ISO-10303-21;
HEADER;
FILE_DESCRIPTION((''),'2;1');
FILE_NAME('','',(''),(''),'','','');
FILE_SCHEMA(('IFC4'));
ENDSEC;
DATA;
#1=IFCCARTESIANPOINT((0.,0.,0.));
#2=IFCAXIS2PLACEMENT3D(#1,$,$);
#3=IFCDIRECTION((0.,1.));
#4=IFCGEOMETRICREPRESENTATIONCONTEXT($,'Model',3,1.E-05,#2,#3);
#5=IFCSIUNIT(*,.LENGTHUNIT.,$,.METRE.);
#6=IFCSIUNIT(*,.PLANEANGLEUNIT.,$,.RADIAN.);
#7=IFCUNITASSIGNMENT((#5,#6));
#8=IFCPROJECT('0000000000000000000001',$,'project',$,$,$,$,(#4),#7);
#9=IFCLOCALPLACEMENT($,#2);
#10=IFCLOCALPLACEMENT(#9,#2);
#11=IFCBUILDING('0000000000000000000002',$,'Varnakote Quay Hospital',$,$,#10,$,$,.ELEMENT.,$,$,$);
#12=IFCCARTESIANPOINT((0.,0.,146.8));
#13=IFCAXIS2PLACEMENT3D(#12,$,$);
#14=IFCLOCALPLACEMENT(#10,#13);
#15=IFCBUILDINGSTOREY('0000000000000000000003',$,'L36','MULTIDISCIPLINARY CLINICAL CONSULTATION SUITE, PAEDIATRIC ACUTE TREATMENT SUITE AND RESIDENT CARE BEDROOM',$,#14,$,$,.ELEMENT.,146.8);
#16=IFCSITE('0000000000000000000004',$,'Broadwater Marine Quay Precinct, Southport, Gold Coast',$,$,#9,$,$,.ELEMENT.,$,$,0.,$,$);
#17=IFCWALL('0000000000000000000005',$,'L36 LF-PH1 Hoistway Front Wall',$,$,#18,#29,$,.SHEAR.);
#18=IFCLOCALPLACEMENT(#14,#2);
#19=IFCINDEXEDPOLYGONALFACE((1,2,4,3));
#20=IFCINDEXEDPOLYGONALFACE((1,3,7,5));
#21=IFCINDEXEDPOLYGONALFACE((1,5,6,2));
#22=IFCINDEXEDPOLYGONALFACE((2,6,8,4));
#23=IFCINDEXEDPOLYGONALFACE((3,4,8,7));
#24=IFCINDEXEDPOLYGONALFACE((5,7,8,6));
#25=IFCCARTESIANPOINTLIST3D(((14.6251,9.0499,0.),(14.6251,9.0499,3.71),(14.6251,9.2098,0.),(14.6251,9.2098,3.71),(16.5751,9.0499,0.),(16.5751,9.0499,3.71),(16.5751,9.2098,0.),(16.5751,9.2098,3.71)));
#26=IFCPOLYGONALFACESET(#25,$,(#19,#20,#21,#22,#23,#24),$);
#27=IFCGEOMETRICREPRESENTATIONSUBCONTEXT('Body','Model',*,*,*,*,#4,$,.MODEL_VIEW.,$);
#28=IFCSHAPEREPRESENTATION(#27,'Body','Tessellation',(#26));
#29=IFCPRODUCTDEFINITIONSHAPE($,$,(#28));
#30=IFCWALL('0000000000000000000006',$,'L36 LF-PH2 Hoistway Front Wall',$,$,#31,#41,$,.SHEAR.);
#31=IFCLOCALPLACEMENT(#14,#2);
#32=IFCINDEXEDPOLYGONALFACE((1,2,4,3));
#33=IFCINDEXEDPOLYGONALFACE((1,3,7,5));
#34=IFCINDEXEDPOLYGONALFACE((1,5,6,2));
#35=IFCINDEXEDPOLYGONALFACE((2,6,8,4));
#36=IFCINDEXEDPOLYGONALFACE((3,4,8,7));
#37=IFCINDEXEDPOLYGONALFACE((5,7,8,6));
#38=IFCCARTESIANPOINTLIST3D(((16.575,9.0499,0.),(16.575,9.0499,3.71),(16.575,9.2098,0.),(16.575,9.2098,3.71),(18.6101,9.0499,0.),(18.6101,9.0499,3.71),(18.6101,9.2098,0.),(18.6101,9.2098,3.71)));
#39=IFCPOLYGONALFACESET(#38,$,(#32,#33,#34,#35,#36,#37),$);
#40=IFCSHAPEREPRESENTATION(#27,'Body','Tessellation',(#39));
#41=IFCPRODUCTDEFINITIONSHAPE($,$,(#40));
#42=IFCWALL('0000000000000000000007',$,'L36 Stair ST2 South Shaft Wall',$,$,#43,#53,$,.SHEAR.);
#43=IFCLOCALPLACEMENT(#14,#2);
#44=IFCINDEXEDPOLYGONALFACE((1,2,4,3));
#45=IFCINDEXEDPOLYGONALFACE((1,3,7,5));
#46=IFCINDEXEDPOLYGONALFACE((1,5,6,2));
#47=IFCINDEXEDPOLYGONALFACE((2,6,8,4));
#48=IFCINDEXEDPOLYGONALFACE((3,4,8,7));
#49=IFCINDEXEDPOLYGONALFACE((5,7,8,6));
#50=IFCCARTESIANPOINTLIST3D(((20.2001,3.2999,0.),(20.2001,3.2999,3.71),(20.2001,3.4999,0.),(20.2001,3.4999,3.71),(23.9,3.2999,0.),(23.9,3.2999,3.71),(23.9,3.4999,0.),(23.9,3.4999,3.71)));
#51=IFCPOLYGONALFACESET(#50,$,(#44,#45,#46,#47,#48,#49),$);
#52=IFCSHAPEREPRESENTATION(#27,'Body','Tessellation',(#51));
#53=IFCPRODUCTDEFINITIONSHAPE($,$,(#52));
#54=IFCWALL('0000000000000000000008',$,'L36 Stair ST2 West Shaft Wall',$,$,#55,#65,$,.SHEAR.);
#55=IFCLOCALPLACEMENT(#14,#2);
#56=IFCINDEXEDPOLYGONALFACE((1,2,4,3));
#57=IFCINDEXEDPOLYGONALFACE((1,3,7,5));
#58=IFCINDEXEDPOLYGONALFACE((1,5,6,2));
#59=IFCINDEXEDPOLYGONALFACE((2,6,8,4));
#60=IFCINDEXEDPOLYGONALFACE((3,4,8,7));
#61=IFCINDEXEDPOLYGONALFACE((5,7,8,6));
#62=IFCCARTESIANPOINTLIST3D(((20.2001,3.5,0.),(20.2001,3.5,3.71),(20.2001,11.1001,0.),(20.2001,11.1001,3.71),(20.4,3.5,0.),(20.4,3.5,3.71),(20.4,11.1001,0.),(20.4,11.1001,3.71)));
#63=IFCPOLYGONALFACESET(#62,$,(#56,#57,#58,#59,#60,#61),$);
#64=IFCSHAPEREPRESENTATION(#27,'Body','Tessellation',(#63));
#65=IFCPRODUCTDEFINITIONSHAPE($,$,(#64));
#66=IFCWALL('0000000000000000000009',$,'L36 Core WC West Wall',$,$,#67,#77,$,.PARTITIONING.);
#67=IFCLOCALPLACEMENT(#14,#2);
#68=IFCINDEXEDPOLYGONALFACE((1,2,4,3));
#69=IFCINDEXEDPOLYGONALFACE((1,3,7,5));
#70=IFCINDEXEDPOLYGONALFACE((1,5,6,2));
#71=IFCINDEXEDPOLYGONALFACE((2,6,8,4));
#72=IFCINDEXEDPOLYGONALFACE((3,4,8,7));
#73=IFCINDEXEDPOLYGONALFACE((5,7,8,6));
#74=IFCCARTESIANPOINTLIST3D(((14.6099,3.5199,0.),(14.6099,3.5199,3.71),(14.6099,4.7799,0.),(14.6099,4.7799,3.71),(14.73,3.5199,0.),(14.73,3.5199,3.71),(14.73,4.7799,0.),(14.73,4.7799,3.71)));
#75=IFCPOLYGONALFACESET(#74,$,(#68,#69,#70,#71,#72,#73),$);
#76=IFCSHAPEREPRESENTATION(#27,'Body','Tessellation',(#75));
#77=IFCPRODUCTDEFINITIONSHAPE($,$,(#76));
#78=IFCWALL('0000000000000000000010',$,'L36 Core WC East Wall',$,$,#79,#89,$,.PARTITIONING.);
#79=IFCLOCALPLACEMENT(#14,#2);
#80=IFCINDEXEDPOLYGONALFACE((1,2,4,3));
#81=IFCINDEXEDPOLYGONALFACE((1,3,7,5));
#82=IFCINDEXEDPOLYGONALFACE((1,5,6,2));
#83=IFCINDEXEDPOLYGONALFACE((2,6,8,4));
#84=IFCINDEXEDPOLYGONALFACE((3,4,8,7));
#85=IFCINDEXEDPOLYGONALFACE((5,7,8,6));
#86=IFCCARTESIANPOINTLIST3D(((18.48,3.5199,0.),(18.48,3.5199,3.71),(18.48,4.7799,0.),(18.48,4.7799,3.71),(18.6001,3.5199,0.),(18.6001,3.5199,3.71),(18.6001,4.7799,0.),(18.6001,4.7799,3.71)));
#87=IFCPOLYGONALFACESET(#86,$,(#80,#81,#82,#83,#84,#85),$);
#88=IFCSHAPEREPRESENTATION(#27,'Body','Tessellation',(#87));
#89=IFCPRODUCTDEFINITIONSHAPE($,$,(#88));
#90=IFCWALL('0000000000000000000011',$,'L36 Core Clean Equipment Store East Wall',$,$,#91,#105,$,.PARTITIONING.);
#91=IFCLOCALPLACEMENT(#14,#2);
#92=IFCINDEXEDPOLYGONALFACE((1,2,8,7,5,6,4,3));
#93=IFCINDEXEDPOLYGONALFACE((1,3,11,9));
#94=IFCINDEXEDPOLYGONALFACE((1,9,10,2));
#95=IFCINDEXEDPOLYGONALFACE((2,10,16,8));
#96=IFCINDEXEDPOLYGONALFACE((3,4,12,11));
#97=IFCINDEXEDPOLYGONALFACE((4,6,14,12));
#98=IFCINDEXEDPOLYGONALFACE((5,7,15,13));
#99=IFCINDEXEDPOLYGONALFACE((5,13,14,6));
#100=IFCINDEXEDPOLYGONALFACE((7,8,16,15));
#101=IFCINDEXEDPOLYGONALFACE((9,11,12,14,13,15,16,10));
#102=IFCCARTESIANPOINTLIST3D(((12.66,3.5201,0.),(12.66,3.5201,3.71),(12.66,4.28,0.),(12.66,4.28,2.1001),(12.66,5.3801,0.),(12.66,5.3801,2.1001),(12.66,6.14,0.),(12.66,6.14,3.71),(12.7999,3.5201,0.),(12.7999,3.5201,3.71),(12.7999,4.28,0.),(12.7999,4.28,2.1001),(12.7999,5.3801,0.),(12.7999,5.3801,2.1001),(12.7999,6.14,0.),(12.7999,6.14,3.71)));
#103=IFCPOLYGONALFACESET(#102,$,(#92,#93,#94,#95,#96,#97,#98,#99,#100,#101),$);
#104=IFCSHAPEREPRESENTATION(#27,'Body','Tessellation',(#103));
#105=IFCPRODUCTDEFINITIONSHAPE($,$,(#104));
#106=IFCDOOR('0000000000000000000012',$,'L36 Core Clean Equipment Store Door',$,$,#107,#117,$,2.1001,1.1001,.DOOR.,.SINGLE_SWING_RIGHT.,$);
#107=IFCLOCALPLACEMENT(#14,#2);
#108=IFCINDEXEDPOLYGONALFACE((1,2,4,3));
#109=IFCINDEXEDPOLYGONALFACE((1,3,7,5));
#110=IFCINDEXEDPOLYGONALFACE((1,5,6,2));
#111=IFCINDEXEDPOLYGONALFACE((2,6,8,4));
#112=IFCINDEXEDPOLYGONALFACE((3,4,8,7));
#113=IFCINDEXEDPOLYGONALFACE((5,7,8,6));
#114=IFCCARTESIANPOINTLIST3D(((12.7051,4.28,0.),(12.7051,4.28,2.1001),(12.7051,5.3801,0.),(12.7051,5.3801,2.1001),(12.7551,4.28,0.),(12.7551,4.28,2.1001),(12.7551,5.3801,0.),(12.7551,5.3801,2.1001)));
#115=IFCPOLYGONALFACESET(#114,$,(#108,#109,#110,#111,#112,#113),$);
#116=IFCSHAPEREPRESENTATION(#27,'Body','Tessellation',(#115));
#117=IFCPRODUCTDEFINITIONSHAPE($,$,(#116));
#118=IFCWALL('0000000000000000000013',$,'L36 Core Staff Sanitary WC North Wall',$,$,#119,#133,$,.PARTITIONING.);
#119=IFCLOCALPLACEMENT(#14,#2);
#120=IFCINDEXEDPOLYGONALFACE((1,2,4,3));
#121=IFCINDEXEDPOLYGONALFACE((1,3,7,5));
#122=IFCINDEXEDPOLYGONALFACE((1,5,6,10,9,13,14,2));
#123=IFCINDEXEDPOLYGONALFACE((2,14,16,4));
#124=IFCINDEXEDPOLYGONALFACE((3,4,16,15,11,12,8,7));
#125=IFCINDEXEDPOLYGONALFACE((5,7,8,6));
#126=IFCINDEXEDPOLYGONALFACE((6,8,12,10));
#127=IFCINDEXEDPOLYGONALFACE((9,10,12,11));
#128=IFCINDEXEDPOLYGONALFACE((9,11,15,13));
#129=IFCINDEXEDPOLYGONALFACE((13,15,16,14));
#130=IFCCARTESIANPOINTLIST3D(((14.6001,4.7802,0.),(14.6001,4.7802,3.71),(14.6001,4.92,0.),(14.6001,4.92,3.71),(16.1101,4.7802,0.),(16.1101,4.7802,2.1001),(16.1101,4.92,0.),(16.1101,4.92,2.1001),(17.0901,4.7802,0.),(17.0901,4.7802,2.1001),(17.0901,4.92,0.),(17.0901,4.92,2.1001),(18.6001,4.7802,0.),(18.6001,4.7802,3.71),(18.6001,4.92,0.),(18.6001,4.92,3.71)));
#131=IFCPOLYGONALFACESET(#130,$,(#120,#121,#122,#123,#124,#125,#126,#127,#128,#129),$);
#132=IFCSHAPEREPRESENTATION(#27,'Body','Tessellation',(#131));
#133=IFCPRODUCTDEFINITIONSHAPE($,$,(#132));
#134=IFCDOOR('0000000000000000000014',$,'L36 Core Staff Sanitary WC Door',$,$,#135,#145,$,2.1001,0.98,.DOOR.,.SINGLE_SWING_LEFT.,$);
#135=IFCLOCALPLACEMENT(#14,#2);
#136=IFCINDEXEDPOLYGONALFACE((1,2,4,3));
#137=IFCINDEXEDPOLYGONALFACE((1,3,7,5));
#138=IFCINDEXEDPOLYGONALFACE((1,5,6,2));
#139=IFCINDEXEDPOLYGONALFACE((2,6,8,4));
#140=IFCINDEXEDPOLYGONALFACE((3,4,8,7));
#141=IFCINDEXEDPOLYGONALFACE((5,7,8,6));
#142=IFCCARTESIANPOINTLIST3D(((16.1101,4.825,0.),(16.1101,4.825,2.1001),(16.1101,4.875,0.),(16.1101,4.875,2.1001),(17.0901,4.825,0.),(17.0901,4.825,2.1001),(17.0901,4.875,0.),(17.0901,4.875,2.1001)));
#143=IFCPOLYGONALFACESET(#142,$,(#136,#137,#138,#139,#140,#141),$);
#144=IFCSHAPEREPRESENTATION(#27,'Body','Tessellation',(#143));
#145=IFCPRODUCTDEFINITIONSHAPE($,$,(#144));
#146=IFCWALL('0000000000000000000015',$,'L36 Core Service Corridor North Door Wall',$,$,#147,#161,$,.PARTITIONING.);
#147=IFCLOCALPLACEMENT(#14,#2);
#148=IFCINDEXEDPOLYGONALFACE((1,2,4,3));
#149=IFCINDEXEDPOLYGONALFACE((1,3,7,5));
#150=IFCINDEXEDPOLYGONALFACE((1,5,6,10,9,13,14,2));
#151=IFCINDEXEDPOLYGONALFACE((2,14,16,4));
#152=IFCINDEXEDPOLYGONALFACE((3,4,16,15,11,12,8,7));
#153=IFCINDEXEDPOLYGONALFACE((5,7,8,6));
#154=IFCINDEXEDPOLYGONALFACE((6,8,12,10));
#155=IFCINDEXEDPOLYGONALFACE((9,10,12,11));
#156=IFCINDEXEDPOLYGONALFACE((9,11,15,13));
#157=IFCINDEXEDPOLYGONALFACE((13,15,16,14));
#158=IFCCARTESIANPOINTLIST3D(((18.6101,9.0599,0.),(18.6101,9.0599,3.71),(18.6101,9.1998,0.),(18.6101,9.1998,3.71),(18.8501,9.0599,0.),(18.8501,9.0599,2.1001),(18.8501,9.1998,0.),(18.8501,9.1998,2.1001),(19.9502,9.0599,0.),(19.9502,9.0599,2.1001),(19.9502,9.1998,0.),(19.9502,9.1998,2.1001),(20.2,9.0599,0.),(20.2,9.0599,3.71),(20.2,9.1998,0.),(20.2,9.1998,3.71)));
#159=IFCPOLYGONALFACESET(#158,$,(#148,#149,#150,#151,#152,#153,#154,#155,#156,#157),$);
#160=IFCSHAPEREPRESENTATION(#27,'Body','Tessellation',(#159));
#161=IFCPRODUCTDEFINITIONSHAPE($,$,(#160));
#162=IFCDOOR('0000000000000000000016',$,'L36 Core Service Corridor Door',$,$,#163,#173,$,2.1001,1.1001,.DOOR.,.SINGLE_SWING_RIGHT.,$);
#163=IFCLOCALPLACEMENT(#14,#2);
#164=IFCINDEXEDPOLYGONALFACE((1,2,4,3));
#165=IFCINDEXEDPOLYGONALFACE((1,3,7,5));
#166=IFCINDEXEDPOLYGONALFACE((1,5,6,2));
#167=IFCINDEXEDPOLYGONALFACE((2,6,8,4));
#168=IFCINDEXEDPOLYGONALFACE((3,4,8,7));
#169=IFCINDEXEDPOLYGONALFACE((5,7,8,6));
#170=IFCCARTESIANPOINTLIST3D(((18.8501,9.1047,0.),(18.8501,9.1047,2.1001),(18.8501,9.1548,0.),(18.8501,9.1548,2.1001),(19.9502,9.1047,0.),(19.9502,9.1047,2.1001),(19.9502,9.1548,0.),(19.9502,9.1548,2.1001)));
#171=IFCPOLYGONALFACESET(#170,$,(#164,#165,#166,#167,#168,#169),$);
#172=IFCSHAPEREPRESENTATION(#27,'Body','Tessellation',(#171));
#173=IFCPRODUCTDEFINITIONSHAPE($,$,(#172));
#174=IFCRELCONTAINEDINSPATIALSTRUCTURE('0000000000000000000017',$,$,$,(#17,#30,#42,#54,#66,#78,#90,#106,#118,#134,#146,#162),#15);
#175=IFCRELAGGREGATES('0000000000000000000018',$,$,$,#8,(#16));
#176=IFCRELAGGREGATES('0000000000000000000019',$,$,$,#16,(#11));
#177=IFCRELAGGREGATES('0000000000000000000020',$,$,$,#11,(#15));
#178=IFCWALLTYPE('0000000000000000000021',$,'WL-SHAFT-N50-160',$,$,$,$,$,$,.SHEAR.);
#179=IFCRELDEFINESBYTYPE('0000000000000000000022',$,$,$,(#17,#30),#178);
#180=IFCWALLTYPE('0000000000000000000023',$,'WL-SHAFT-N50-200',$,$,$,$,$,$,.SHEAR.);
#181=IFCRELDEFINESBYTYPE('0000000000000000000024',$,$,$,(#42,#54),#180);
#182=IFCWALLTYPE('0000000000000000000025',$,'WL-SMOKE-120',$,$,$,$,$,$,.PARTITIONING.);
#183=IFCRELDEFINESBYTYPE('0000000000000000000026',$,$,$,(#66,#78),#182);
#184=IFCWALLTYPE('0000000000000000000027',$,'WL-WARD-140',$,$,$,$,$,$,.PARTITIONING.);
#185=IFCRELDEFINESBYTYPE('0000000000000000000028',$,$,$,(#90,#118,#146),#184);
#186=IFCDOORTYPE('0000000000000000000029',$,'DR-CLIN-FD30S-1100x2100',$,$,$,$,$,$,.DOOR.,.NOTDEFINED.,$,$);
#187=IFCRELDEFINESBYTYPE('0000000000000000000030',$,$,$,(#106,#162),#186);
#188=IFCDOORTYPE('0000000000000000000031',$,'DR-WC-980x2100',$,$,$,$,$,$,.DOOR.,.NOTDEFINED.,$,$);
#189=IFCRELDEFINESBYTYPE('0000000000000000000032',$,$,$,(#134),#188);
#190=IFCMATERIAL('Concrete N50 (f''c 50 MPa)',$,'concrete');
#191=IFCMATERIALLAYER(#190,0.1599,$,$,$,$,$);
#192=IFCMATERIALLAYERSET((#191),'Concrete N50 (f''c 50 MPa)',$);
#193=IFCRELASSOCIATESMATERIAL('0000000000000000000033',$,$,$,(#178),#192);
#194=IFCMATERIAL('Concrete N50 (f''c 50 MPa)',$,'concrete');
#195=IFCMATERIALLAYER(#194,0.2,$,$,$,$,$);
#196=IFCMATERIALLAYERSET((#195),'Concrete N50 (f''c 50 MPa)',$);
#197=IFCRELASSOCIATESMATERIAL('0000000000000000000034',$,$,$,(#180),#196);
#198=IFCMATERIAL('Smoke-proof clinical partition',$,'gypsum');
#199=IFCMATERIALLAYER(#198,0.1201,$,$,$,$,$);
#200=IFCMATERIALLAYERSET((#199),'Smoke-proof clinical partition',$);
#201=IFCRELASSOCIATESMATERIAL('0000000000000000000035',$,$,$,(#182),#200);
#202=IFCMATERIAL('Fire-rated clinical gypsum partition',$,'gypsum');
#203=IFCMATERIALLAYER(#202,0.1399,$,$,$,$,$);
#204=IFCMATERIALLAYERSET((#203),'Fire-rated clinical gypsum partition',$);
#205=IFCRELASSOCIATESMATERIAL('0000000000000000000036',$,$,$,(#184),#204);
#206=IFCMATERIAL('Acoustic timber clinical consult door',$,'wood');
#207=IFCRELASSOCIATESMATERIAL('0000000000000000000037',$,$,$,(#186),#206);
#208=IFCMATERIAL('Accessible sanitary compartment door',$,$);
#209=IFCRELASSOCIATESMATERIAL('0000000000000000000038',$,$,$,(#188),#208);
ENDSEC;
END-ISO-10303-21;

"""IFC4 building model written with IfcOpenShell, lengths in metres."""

from ifc_helpers import new_model, si_unit, direction, frame, frame_2d, origin, place, context, subcontext, project, spatial, rectangle, extrude, material, layer, layer_set, type_object, element, fill, save


model = new_model("IFC4")

# Units and contexts
model_context = context("Model", 3, precision=1e-05, world=origin(), true_north=direction((0.0, 1.0)))
body_context = subcontext(model_context, "Body", "Model", "MODEL_VIEW")
ifc_project = project(units=[si_unit("LENGTHUNIT", "METRE"), si_unit("PLANEANGLEUNIT", "RADIAN")], contexts=[model_context])

# Site, building, storey
site_placement = place(None, origin())
site = spatial("IfcSite", under=ifc_project, at=site_placement, Name="Broadwater Marine Quay Precinct, Southport, Gold Coast", CompositionType="ELEMENT", RefElevation=0.0)
building_placement = place(site_placement, origin())
building = spatial("IfcBuilding", under=site, at=building_placement, Name="Varnakote Quay Hospital", CompositionType="ELEMENT")
storey_placement = place(building_placement, frame((0.0, 0.0, 146.8)))
storey = spatial("IfcBuildingStorey", under=building, at=storey_placement, Name="L36", Description="MULTIDISCIPLINARY CLINICAL CONSULTATION SUITE, PAEDIATRIC ACUTE TREATMENT SUITE AND RESIDENT CARE BEDROOM", CompositionType="ELEMENT", Elevation=146.8)

# Walls
ifc_material_1 = material(Name="Concrete N50 (f'c 50 MPa)", Category="concrete")
ifc_layer_1 = layer(ifc_material_1, 0.1599)
ifc_layer_set_1 = layer_set([ifc_layer_1], Name="Concrete N50 (f'c 50 MPa)")
wall_type_1 = type_object("IfcWallType", Name="WL-SHAFT-N50-160", PredefinedType="SHEAR", material=ifc_layer_set_1)
wall_1_placement = place(storey_placement, frame((14.625, 9.1299, 0.0), z_axis=(0.0, 0.0, 1.0), x_axis=(1.0, 0.0, 0.0)))
element("IfcWall", 1, at=wall_1_placement, inside=storey, type_object=wall_type_1, Name="L36 LF-PH1 Hoistway Front Wall", PredefinedType="SHEAR", context=body_context, shape_type="SweptSolid", body=[
    extrude(rectangle(XDim=1.95, YDim=0.1599, at=frame_2d((0.9751, 0.0))), origin(), (0.0, 0.0, 1.0), 3.71),
])
wall_2_placement = place(storey_placement, frame((16.575, 9.1299, 0.0), z_axis=(0.0, 0.0, 1.0), x_axis=(1.0, 0.0, 0.0)))
element("IfcWall", 2, at=wall_2_placement, inside=storey, type_object=wall_type_1, Name="L36 LF-PH2 Hoistway Front Wall", PredefinedType="SHEAR", context=body_context, shape_type="SweptSolid", body=[
    extrude(rectangle(XDim=2.0352, YDim=0.1599, at=frame_2d((1.0176, 0.0))), origin(), (0.0, 0.0, 1.0), 3.71),
])
ifc_material_2 = material(Name="Concrete N50 (f'c 50 MPa)", Category="concrete")
ifc_layer_2 = layer(ifc_material_2, 0.2)
ifc_layer_set_2 = layer_set([ifc_layer_2], Name="Concrete N50 (f'c 50 MPa)")
wall_type_2 = type_object("IfcWallType", Name="WL-SHAFT-N50-200", PredefinedType="SHEAR", material=ifc_layer_set_2)
wall_3_placement = place(storey_placement, frame((20.2, 3.3999, 0.0), z_axis=(0.0, 0.0, 1.0), x_axis=(1.0, 0.0, 0.0)))
element("IfcWall", 3, at=wall_3_placement, inside=storey, type_object=wall_type_2, Name="L36 Stair ST2 South Shaft Wall", PredefinedType="SHEAR", context=body_context, shape_type="SweptSolid", body=[
    extrude(rectangle(XDim=3.7, YDim=0.2, at=frame_2d((1.8501, 0.0))), origin(), (0.0, 0.0, 1.0), 3.71),
])
wall_4_placement = place(storey_placement, frame((20.3, 3.5, 0.0), z_axis=(0.0, 0.0, 1.0), x_axis=(0.0, 1.0, 0.0)))
element("IfcWall", 4, at=wall_4_placement, inside=storey, type_object=wall_type_2, Name="L36 Stair ST2 West Shaft Wall", PredefinedType="SHEAR", context=body_context, shape_type="SweptSolid", body=[
    extrude(rectangle(XDim=7.6001, YDim=0.2, at=frame_2d((3.8, 0.0))), origin(), (0.0, 0.0, 1.0), 3.71),
])

# Walls
ifc_material_3 = material(Name="Smoke-proof clinical partition", Category="gypsum")
ifc_layer_3 = layer(ifc_material_3, 0.1201)
ifc_layer_set_3 = layer_set([ifc_layer_3], Name="Smoke-proof clinical partition")
wall_type_3 = type_object("IfcWallType", Name="WL-SMOKE-120", PredefinedType="PARTITIONING", material=ifc_layer_set_3)
for number, where, z_axis, x_axis, name in (
    (5, (14.6699, 3.52, 0.0), (0.0, 0.0, 1.0), (0.0, 1.0, 0.0), "L36 Core WC West Wall"),
    (6, (18.54, 3.52, 0.0), (0.0, 0.0, 1.0), (0.0, 1.0, 0.0), "L36 Core WC East Wall"),
):
    element("IfcWall", number, at=place(storey_placement, frame(where, z_axis=z_axis, x_axis=x_axis)), inside=storey, type_object=wall_type_3, Name=name, PredefinedType="PARTITIONING", context=body_context, shape_type="SweptSolid", body=[
        extrude(rectangle(XDim=1.26, YDim=0.1201, at=frame_2d((0.6299, 0.0))), origin(), (0.0, 0.0, 1.0), 3.71),
    ])

# Walls, openings, doors
ifc_material_4 = material(Name="Fire-rated clinical gypsum partition", Category="gypsum")
ifc_layer_4 = layer(ifc_material_4, 0.1399)
ifc_layer_set_4 = layer_set([ifc_layer_4], Name="Fire-rated clinical gypsum partition")
wall_type_4 = type_object("IfcWallType", Name="WL-WARD-140", PredefinedType="PARTITIONING", material=ifc_layer_set_4)
wall_5_placement = place(storey_placement, frame((12.73, 3.52, 0.0), z_axis=(0.0, 0.0, 1.0), x_axis=(0.0, 1.0, 0.0)))
wall_5 = element("IfcWall", 7, at=wall_5_placement, inside=storey, type_object=wall_type_4, Name="L36 Core Clean Equipment Store East Wall", PredefinedType="PARTITIONING", context=body_context, shape_type="SweptSolid", body=[
    extrude(rectangle(XDim=2.6199, YDim=0.1399, at=frame_2d((1.3101, 0.0))), origin(), (0.0, 0.0, 1.0), 3.71),
])
opening_1_placement = place(wall_5_placement, frame((0.76, 0.0, 0.0)))
opening_1 = element("IfcOpeningElement", 8, at=opening_1_placement, cuts=wall_5, PredefinedType="OPENING", context=body_context, shape_type="SweptSolid", body=[
    extrude(rectangle(XDim=1.1001, YDim=2.1001, at=frame_2d((0.55, 1.05))), frame((0.0, 0.0798, 0.0), z_axis=(0.0, -1.0, 0.0), x_axis=(1.0, 0.0, 0.0)), (0.0, 0.0, 1.0), 0.1599),
])
ifc_material_5 = material(Name="Acoustic timber clinical consult door", Category="wood")
door_type_1 = type_object("IfcDoorType", Name="DR-CLIN-FD30S-1100x2100", OperationType="NOTDEFINED", PredefinedType="DOOR", material=ifc_material_5)
door_1_placement = place(opening_1_placement, origin())
door_1 = element("IfcDoor", 9, at=door_1_placement, inside=storey, type_object=door_type_1, Name="L36 Core Clean Equipment Store Door", OperationType="SINGLE_SWING_RIGHT", OverallHeight=2.1001, OverallWidth=1.1001, PredefinedType="DOOR", context=body_context, shape_type="SweptSolid", body=[
    extrude(rectangle(XDim=1.1001, YDim=2.1001, at=frame_2d((0.55, 1.05))), frame((0.0, 0.0249, 0.0), z_axis=(0.0, -1.0, 0.0), x_axis=(1.0, 0.0, 0.0)), (0.0, 0.0, 1.0), 0.05),
])
fill(opening_1, door_1)
wall_6_placement = place(storey_placement, frame((14.6001, 4.8501, 0.0), z_axis=(0.0, 0.0, 1.0), x_axis=(1.0, 0.0, 0.0)))
wall_6 = element("IfcWall", 10, at=wall_6_placement, inside=storey, type_object=wall_type_4, Name="L36 Core Staff Sanitary WC North Wall", PredefinedType="PARTITIONING", context=body_context, shape_type="SweptSolid", body=[
    extrude(rectangle(XDim=4.0, YDim=0.1399, at=frame_2d((2.0, 0.0))), origin(), (0.0, 0.0, 1.0), 3.71),
])
opening_2_placement = place(wall_6_placement, frame((1.51, 0.0, 0.0)))
opening_2 = element("IfcOpeningElement", 11, at=opening_2_placement, cuts=wall_6, PredefinedType="OPENING", context=body_context, shape_type="SweptSolid", body=[
    extrude(rectangle(XDim=0.98, YDim=2.1001, at=frame_2d((0.49, 1.05))), frame((0.0, 0.0798, 0.0), z_axis=(0.0, -1.0, 0.0), x_axis=(1.0, 0.0, 0.0)), (0.0, 0.0, 1.0), 0.1599),
])
ifc_material_6 = material(Name="Accessible sanitary compartment door")
door_type_2 = type_object("IfcDoorType", Name="DR-WC-980x2100", OperationType="NOTDEFINED", PredefinedType="DOOR", material=ifc_material_6)
door_2_placement = place(opening_2_placement, origin())
door_2 = element("IfcDoor", 12, at=door_2_placement, inside=storey, type_object=door_type_2, Name="L36 Core Staff Sanitary WC Door", OperationType="SINGLE_SWING_LEFT", OverallHeight=2.1001, OverallWidth=0.98, PredefinedType="DOOR", context=body_context, shape_type="SweptSolid", body=[
    extrude(rectangle(XDim=0.98, YDim=2.1001, at=frame_2d((0.49, 1.05))), frame((0.0, 0.0249, 0.0), z_axis=(0.0, -1.0, 0.0), x_axis=(1.0, 0.0, 0.0)), (0.0, 0.0, 1.0), 0.05),
])
fill(opening_2, door_2)
wall_7_placement = place(storey_placement, frame((18.6101, 9.1299, 0.0), z_axis=(0.0, 0.0, 1.0), x_axis=(1.0, 0.0, 0.0)))
wall_7 = element("IfcWall", 13, at=wall_7_placement, inside=storey, type_object=wall_type_4, Name="L36 Core Service Corridor North Door Wall", PredefinedType="PARTITIONING", context=body_context, shape_type="SweptSolid", body=[
    extrude(rectangle(XDim=1.5898, YDim=0.1399, at=frame_2d((0.7949, 0.0))), origin(), (0.0, 0.0, 1.0), 3.71),
])
opening_3_placement = place(wall_7_placement, frame((0.24, 0.0, 0.0)))
opening_3 = element("IfcOpeningElement", 14, at=opening_3_placement, cuts=wall_7, PredefinedType="OPENING", context=body_context, shape_type="SweptSolid", body=[
    extrude(rectangle(XDim=1.1001, YDim=2.1001, at=frame_2d((0.55, 1.05))), frame((0.0, 0.0798, 0.0), z_axis=(0.0, -1.0, 0.0), x_axis=(1.0, 0.0, 0.0)), (0.0, 0.0, 1.0), 0.1599),
])
door_3_placement = place(opening_3_placement, origin())
door_3 = element("IfcDoor", 15, at=door_3_placement, inside=storey, type_object=door_type_1, Name="L36 Core Service Corridor Door", OperationType="SINGLE_SWING_RIGHT", OverallHeight=2.1001, OverallWidth=1.1001, PredefinedType="DOOR", context=body_context, shape_type="SweptSolid", body=[
    extrude(rectangle(XDim=1.1001, YDim=2.1001, at=frame_2d((0.55, 1.05))), frame((0.0, 0.0249, 0.0), z_axis=(0.0, -1.0, 0.0), x_axis=(1.0, 0.0, 0.0)), (0.0, 0.0, 1.0), 0.05),
])
fill(opening_3, door_3)

save(model, "model.ifc")
